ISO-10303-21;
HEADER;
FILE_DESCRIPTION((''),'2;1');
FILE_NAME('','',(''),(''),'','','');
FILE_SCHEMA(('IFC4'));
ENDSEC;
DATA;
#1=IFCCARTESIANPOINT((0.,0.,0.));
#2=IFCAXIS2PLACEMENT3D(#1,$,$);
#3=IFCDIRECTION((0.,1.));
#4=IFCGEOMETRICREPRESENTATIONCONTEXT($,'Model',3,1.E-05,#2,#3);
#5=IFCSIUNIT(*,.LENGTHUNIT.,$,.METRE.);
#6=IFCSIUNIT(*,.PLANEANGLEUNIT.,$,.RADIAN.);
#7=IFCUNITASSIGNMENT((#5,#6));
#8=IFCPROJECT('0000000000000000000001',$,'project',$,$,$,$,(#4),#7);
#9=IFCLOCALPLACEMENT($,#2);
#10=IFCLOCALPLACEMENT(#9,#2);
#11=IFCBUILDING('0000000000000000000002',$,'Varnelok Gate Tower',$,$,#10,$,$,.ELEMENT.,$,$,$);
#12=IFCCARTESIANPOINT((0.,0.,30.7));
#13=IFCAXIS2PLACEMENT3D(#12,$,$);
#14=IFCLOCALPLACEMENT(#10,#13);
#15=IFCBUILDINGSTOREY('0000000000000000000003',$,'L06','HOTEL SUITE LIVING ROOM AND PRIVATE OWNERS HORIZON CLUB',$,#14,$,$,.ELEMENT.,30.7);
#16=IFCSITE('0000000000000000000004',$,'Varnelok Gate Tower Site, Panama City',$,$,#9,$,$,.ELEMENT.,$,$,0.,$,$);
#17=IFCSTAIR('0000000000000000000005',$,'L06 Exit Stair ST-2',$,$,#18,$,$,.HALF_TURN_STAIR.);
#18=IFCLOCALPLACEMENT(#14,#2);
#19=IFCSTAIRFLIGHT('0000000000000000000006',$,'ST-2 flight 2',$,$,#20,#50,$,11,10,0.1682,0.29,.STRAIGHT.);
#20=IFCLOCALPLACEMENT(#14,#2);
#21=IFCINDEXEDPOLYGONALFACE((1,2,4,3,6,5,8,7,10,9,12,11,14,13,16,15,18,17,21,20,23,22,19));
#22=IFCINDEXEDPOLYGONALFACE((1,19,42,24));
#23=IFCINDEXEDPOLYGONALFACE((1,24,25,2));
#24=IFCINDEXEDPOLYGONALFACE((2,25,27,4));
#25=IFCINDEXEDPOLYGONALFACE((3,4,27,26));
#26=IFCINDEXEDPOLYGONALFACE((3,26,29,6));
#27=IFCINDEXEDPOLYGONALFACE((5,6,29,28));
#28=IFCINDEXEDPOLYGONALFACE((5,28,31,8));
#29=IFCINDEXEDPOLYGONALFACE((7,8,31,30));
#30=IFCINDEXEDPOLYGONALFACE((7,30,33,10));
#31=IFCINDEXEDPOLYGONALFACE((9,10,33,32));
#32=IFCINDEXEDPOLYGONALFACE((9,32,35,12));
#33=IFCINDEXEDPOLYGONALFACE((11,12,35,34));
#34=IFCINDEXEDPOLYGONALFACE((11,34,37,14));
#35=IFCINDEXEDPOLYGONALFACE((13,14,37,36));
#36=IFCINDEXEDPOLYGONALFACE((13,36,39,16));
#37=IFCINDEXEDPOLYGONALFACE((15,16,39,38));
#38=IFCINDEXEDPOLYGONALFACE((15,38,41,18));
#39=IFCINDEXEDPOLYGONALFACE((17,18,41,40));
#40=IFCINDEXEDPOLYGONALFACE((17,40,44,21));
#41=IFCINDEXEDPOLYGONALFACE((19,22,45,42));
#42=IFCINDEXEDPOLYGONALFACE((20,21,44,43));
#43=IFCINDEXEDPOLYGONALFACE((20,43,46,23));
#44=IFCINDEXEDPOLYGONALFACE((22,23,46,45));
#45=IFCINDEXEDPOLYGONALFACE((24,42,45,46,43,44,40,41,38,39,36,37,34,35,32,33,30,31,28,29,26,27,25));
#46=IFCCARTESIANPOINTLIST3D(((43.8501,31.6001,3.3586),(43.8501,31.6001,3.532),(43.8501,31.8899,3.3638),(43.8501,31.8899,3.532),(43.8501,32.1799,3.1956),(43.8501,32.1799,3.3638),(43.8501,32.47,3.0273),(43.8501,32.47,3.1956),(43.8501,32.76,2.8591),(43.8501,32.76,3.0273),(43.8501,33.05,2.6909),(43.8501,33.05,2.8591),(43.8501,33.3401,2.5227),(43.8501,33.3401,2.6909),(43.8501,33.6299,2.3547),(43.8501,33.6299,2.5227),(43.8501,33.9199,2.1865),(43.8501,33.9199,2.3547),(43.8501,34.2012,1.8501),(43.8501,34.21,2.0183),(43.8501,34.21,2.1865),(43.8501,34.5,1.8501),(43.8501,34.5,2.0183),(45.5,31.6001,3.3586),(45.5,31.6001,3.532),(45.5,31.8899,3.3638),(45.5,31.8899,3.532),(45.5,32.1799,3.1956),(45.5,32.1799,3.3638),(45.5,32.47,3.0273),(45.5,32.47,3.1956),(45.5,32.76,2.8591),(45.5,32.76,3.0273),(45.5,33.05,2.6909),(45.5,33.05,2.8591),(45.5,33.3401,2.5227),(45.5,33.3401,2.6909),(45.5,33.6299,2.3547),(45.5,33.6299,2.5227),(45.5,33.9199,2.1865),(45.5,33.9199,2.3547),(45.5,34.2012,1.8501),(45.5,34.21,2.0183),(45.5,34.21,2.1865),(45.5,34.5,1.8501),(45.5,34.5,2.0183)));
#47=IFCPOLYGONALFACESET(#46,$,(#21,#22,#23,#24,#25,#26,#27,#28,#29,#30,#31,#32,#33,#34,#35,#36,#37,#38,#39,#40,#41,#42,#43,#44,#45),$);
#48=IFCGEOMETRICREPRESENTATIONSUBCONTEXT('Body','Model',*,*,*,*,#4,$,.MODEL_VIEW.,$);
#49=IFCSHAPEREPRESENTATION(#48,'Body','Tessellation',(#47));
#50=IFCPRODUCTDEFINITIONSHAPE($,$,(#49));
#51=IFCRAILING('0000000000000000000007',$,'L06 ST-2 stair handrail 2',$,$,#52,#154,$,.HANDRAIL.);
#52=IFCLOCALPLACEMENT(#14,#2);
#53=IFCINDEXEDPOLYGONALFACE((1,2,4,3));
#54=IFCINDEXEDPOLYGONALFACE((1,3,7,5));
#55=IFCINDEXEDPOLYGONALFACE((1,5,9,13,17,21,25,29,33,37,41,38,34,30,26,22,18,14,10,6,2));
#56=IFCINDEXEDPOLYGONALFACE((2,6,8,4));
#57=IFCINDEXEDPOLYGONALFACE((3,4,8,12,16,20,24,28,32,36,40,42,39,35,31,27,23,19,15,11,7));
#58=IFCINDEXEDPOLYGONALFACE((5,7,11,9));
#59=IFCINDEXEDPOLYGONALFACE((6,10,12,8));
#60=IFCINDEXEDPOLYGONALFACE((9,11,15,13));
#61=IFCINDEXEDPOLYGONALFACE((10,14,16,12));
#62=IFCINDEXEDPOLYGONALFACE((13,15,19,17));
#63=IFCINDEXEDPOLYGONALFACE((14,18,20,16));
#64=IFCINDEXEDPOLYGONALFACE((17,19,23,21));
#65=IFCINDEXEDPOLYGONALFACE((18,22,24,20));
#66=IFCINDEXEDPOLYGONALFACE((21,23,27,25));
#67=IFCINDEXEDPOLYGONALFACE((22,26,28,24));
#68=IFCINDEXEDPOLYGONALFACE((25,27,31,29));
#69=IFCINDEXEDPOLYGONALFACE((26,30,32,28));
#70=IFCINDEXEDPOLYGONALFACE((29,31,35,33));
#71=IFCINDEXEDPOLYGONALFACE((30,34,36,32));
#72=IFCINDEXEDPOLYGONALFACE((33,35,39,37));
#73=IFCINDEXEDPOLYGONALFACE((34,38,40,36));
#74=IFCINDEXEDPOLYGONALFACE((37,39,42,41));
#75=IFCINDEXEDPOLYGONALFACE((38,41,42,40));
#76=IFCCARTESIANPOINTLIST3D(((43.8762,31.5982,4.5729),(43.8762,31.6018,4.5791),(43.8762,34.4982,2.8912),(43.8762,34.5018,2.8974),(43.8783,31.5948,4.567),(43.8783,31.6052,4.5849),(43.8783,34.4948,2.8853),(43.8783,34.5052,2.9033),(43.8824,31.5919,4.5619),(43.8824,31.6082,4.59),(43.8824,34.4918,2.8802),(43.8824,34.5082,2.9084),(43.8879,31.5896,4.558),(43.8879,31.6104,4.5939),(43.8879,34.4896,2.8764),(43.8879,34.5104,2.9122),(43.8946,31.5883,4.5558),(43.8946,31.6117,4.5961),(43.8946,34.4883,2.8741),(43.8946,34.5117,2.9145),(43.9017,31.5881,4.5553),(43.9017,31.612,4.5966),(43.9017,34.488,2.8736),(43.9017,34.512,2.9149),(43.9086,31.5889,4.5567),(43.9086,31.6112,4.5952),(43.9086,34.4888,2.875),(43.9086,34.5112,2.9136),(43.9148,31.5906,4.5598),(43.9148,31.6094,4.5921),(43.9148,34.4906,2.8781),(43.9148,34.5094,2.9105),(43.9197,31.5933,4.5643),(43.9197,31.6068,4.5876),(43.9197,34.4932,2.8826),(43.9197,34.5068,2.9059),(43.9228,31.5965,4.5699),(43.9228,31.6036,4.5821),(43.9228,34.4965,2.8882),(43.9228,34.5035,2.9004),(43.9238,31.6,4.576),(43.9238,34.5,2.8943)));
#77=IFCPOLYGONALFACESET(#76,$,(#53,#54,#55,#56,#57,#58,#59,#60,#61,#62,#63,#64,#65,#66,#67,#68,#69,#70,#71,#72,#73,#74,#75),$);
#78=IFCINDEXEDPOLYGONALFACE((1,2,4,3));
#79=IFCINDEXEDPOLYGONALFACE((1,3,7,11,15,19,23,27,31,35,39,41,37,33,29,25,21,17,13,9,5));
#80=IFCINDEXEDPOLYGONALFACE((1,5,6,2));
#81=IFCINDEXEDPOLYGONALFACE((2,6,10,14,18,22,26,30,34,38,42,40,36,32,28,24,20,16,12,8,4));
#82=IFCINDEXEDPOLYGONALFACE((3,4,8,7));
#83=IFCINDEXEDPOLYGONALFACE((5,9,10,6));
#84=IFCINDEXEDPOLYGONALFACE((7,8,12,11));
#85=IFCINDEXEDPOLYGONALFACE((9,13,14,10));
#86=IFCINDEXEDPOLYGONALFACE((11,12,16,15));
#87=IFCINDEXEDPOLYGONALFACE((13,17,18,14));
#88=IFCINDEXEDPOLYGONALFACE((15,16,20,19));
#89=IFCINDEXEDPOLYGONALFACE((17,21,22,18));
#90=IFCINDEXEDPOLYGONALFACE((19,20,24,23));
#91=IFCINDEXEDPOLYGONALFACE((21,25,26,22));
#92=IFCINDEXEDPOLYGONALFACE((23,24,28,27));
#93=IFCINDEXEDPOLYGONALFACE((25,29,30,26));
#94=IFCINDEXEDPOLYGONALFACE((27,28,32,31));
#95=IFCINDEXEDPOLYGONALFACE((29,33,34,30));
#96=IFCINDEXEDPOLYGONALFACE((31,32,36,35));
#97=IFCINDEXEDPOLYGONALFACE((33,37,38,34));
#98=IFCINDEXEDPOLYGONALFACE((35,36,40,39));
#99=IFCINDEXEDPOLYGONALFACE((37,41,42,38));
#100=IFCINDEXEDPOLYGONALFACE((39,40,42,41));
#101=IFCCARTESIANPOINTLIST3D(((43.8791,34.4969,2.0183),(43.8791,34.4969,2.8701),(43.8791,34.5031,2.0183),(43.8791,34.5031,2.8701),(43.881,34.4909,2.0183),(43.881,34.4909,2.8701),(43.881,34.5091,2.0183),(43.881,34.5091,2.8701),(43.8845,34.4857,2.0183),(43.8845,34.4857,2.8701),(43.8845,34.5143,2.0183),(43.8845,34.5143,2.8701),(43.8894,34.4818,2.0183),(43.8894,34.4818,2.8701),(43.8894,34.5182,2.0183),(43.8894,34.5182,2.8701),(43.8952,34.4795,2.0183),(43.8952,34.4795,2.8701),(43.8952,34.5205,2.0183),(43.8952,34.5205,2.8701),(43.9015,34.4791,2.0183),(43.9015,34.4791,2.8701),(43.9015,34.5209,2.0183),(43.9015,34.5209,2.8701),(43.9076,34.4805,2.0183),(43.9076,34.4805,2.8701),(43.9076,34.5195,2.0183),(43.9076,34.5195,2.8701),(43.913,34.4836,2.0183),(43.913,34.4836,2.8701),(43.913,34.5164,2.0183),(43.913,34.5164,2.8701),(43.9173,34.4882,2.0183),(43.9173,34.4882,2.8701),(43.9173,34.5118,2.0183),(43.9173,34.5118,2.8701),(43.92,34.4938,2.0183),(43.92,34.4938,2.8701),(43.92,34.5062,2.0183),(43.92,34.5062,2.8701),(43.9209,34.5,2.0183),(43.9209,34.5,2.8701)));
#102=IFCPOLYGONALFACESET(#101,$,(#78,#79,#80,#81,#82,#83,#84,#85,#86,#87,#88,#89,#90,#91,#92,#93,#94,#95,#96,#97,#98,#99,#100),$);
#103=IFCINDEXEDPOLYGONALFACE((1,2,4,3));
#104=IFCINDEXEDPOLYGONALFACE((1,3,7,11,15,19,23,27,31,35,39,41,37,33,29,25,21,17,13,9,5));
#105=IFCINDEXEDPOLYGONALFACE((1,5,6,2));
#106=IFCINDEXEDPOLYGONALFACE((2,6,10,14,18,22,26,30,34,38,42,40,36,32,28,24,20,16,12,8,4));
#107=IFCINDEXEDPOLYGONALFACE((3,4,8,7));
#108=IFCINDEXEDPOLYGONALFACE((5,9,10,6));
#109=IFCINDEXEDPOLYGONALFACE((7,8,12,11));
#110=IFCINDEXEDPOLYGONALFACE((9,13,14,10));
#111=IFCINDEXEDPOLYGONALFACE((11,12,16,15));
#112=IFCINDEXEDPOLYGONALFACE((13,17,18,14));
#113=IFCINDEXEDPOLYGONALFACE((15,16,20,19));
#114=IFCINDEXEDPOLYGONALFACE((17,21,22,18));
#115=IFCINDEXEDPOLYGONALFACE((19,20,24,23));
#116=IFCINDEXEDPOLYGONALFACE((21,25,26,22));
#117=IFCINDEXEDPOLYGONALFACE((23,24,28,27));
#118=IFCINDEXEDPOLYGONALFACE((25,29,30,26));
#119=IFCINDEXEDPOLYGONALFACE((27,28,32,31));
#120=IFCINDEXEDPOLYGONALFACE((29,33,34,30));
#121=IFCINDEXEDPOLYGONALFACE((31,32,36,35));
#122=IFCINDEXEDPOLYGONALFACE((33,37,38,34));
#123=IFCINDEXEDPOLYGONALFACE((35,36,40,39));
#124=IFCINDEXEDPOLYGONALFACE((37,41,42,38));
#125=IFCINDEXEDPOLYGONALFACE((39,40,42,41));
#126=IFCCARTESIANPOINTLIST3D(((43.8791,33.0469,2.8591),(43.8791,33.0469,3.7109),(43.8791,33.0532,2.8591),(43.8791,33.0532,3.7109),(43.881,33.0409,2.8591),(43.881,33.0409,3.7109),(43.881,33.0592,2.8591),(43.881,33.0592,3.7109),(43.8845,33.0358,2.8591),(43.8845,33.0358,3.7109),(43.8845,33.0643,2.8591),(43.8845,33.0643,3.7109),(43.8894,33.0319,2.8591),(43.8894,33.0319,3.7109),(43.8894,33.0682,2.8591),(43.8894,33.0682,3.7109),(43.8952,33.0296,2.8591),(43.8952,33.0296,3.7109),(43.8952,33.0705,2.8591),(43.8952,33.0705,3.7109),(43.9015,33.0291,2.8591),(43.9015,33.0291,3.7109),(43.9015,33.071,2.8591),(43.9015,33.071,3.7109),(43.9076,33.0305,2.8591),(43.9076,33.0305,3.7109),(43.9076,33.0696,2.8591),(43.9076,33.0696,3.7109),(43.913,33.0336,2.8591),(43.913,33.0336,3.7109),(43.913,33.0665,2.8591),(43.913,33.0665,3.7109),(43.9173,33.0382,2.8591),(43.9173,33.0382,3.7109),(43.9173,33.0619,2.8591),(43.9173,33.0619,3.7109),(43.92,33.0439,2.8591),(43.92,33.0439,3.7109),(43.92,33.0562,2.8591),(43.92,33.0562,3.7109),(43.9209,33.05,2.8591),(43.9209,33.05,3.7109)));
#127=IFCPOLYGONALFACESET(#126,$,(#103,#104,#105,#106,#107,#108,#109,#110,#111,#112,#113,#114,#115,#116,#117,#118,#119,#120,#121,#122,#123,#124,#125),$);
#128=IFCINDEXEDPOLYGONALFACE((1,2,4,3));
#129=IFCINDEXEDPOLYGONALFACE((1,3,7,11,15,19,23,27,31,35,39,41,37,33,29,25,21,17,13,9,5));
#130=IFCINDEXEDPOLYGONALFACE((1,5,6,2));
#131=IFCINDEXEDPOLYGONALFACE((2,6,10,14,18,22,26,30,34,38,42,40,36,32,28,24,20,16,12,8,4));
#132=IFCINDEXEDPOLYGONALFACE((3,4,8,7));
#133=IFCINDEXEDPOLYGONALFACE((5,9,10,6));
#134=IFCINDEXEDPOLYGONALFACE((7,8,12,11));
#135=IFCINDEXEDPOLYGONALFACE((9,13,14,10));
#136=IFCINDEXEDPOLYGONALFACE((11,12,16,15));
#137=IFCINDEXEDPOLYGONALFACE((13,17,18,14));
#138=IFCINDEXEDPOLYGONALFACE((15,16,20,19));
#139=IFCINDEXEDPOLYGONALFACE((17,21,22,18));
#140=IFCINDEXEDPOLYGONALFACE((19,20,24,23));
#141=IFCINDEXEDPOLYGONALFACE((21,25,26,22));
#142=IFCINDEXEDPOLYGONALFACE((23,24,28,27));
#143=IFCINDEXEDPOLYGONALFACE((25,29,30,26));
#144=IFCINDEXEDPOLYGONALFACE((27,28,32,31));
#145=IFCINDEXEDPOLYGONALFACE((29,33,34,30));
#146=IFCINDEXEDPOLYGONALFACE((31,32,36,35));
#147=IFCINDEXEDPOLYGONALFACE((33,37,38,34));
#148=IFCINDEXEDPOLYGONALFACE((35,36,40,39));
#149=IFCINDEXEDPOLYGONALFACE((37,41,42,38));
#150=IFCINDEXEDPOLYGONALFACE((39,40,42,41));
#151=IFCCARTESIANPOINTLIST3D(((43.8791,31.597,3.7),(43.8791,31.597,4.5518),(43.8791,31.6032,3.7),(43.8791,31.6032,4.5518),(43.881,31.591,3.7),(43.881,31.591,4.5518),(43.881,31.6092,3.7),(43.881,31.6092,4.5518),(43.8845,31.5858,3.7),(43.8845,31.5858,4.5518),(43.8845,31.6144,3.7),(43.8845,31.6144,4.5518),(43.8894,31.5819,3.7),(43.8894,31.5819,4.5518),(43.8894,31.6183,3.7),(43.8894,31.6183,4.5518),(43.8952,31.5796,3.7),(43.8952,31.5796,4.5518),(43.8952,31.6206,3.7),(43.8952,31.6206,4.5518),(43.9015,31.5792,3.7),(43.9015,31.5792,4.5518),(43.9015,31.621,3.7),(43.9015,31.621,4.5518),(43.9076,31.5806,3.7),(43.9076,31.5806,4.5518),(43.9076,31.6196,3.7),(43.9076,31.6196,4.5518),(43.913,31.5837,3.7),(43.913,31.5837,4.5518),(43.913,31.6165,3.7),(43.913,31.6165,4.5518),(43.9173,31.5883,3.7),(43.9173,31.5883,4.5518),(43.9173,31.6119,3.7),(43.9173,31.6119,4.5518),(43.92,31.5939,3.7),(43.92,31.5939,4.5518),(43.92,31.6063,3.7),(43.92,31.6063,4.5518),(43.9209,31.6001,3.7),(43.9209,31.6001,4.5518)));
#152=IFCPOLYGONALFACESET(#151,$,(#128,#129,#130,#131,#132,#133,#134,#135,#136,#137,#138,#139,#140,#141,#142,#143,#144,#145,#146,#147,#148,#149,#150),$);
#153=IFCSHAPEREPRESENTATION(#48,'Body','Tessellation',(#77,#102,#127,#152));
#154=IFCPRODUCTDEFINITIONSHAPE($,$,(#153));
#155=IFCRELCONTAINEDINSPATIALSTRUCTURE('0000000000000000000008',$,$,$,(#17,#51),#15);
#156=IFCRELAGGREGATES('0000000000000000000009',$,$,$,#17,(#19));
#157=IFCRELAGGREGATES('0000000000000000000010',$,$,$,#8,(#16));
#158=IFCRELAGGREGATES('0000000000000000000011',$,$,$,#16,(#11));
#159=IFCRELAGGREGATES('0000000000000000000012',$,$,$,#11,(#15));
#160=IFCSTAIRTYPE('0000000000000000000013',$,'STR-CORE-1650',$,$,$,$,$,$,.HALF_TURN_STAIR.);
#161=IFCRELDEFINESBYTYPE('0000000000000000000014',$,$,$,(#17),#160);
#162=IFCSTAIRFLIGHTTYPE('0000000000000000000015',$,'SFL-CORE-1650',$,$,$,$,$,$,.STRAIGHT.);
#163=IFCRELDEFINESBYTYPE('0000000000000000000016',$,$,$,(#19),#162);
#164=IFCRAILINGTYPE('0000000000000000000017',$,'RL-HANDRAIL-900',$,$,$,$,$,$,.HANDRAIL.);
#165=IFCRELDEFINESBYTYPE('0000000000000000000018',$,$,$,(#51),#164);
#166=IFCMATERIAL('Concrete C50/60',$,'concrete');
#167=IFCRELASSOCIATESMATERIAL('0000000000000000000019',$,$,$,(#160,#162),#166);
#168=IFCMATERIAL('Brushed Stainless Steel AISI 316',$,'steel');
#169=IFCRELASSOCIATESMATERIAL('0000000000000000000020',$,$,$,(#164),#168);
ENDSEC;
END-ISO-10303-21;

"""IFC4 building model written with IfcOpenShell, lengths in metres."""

from ifc_helpers import new_model, si_unit, direction, frame, origin, origin_2d, place, context, subcontext, project, spatial, polyline, circle, outline, extrude, material, type_object, element, aggregate, save


model = new_model("IFC4")

# Units and contexts
model_context = context("Model", 3, precision=1e-05, world=origin(), true_north=direction((0.0, 1.0)))
body_context = subcontext(model_context, "Body", "Model", "MODEL_VIEW")
ifc_project = project(units=[si_unit("LENGTHUNIT", "METRE"), si_unit("PLANEANGLEUNIT", "RADIAN")], contexts=[model_context])

# Site, building, storey
site_placement = place(None, origin())
site = spatial("IfcSite", under=ifc_project, at=site_placement, Name="Varnelok Gate Tower Site, Panama City", CompositionType="ELEMENT", RefElevation=0.0)
building_placement = place(site_placement, origin())
building = spatial("IfcBuilding", under=site, at=building_placement, Name="Varnelok Gate Tower", CompositionType="ELEMENT")
storey_placement = place(building_placement, frame((0.0, 0.0, 30.7)))
storey = spatial("IfcBuildingStorey", under=building, at=storey_placement, Name="L06", Description="HOTEL SUITE LIVING ROOM AND PRIVATE OWNERS HORIZON CLUB", CompositionType="ELEMENT", Elevation=30.7)

# Stair, stair flight
ifc_material_1 = material(Name="Concrete C50/60", Category="concrete")
stair_type = type_object("IfcStairType", Name="STR-CORE-1650", PredefinedType="HALF_TURN_STAIR", material=ifc_material_1)
stair_placement = place(storey_placement, origin())
stair = element("IfcStair", 1, at=stair_placement, inside=storey, type_object=stair_type, Name="L06 Exit Stair ST-2", PredefinedType="HALF_TURN_STAIR")
stair_flight_type = type_object("IfcStairFlightType", Name="SFL-CORE-1650", PredefinedType="STRAIGHT", material=ifc_material_1)
stair_flight_placement = place(storey_placement, frame((44.675, 34.5, 1.8501), z_axis=(0.0, 0.0, 1.0), x_axis=(0.0, -1.0, 0.0)))
stair_flight = element("IfcStairFlight", 2, at=stair_flight_placement, type_object=stair_flight_type, Name="ST-2 flight 2", NumberOfRisers=11, NumberOfTreads=10, PredefinedType="STRAIGHT", RiserHeight=0.1682, TreadLength=0.29, context=body_context, shape_type="SweptSolid", body=[
    extrude(outline(polyline([(0.0, 0.0), (0.0, 0.1682), (0.29, 0.1682), (0.29, 0.3364), (0.5801, 0.3364), (0.5801, 0.5046), (0.8701, 0.5046), (0.8701, 0.6726), (1.1599, 0.6726), (1.1599, 0.8408), (1.45, 0.8408), (1.45, 1.009), (1.74, 1.009), (1.74, 1.1772), (2.03, 1.1772), (2.03, 1.3455), (2.3201, 1.3455), (2.3201, 1.5137), (2.6101, 1.5137), (2.6101, 1.6819), (2.8999, 1.6819), (2.8999, 1.8501), (2.8999, 1.5085), (0.2988, 0.0), (0.0, 0.0)])), frame((0.0, 0.825, 0.0), z_axis=(0.0, -1.0, 0.0), x_axis=(1.0, 0.0, 0.0)), (0.0, 0.0, 1.0), 1.6499),
])
aggregate(stair, [stair_flight])

# Railing
ifc_material_2 = material(Name="Brushed Stainless Steel AISI 316", Category="steel")
railing_type_1 = type_object("IfcRailingType", Name="RL-HANDRAIL-900", PredefinedType="HANDRAIL", material=ifc_material_2)
railing_1_placement = place(storey_placement, frame((43.8999, 34.5, 2.0183)))
element("IfcRailing", 3, at=railing_1_placement, inside=storey, type_object=railing_type_1, Name="L06 ST-2 stair handrail 2", PredefinedType="HANDRAIL", context=body_context, shape_type="SweptSolid", body=[
    extrude(circle(Radius=0.0239, at=origin_2d()), frame((0.0, 0.0, 0.876), z_axis=(0.0, -0.86507, 0.501651), x_axis=(1.0, 0.0, 0.0)), (0.0, 0.0, 1.0), 3.3523),
    extrude(circle(Radius=0.021, at=origin_2d()), origin(), (0.0, 0.0, 1.0), 0.8518),
    extrude(circle(Radius=0.021, at=origin_2d()), frame((0.0, -1.45, 0.8408)), (0.0, 0.0, 1.0), 0.8518),
    extrude(circle(Radius=0.021, at=origin_2d()), frame((0.0, -2.8999, 1.6816)), (0.0, 0.0, 1.0), 0.8518),
])

save(model, "model.ifc")
